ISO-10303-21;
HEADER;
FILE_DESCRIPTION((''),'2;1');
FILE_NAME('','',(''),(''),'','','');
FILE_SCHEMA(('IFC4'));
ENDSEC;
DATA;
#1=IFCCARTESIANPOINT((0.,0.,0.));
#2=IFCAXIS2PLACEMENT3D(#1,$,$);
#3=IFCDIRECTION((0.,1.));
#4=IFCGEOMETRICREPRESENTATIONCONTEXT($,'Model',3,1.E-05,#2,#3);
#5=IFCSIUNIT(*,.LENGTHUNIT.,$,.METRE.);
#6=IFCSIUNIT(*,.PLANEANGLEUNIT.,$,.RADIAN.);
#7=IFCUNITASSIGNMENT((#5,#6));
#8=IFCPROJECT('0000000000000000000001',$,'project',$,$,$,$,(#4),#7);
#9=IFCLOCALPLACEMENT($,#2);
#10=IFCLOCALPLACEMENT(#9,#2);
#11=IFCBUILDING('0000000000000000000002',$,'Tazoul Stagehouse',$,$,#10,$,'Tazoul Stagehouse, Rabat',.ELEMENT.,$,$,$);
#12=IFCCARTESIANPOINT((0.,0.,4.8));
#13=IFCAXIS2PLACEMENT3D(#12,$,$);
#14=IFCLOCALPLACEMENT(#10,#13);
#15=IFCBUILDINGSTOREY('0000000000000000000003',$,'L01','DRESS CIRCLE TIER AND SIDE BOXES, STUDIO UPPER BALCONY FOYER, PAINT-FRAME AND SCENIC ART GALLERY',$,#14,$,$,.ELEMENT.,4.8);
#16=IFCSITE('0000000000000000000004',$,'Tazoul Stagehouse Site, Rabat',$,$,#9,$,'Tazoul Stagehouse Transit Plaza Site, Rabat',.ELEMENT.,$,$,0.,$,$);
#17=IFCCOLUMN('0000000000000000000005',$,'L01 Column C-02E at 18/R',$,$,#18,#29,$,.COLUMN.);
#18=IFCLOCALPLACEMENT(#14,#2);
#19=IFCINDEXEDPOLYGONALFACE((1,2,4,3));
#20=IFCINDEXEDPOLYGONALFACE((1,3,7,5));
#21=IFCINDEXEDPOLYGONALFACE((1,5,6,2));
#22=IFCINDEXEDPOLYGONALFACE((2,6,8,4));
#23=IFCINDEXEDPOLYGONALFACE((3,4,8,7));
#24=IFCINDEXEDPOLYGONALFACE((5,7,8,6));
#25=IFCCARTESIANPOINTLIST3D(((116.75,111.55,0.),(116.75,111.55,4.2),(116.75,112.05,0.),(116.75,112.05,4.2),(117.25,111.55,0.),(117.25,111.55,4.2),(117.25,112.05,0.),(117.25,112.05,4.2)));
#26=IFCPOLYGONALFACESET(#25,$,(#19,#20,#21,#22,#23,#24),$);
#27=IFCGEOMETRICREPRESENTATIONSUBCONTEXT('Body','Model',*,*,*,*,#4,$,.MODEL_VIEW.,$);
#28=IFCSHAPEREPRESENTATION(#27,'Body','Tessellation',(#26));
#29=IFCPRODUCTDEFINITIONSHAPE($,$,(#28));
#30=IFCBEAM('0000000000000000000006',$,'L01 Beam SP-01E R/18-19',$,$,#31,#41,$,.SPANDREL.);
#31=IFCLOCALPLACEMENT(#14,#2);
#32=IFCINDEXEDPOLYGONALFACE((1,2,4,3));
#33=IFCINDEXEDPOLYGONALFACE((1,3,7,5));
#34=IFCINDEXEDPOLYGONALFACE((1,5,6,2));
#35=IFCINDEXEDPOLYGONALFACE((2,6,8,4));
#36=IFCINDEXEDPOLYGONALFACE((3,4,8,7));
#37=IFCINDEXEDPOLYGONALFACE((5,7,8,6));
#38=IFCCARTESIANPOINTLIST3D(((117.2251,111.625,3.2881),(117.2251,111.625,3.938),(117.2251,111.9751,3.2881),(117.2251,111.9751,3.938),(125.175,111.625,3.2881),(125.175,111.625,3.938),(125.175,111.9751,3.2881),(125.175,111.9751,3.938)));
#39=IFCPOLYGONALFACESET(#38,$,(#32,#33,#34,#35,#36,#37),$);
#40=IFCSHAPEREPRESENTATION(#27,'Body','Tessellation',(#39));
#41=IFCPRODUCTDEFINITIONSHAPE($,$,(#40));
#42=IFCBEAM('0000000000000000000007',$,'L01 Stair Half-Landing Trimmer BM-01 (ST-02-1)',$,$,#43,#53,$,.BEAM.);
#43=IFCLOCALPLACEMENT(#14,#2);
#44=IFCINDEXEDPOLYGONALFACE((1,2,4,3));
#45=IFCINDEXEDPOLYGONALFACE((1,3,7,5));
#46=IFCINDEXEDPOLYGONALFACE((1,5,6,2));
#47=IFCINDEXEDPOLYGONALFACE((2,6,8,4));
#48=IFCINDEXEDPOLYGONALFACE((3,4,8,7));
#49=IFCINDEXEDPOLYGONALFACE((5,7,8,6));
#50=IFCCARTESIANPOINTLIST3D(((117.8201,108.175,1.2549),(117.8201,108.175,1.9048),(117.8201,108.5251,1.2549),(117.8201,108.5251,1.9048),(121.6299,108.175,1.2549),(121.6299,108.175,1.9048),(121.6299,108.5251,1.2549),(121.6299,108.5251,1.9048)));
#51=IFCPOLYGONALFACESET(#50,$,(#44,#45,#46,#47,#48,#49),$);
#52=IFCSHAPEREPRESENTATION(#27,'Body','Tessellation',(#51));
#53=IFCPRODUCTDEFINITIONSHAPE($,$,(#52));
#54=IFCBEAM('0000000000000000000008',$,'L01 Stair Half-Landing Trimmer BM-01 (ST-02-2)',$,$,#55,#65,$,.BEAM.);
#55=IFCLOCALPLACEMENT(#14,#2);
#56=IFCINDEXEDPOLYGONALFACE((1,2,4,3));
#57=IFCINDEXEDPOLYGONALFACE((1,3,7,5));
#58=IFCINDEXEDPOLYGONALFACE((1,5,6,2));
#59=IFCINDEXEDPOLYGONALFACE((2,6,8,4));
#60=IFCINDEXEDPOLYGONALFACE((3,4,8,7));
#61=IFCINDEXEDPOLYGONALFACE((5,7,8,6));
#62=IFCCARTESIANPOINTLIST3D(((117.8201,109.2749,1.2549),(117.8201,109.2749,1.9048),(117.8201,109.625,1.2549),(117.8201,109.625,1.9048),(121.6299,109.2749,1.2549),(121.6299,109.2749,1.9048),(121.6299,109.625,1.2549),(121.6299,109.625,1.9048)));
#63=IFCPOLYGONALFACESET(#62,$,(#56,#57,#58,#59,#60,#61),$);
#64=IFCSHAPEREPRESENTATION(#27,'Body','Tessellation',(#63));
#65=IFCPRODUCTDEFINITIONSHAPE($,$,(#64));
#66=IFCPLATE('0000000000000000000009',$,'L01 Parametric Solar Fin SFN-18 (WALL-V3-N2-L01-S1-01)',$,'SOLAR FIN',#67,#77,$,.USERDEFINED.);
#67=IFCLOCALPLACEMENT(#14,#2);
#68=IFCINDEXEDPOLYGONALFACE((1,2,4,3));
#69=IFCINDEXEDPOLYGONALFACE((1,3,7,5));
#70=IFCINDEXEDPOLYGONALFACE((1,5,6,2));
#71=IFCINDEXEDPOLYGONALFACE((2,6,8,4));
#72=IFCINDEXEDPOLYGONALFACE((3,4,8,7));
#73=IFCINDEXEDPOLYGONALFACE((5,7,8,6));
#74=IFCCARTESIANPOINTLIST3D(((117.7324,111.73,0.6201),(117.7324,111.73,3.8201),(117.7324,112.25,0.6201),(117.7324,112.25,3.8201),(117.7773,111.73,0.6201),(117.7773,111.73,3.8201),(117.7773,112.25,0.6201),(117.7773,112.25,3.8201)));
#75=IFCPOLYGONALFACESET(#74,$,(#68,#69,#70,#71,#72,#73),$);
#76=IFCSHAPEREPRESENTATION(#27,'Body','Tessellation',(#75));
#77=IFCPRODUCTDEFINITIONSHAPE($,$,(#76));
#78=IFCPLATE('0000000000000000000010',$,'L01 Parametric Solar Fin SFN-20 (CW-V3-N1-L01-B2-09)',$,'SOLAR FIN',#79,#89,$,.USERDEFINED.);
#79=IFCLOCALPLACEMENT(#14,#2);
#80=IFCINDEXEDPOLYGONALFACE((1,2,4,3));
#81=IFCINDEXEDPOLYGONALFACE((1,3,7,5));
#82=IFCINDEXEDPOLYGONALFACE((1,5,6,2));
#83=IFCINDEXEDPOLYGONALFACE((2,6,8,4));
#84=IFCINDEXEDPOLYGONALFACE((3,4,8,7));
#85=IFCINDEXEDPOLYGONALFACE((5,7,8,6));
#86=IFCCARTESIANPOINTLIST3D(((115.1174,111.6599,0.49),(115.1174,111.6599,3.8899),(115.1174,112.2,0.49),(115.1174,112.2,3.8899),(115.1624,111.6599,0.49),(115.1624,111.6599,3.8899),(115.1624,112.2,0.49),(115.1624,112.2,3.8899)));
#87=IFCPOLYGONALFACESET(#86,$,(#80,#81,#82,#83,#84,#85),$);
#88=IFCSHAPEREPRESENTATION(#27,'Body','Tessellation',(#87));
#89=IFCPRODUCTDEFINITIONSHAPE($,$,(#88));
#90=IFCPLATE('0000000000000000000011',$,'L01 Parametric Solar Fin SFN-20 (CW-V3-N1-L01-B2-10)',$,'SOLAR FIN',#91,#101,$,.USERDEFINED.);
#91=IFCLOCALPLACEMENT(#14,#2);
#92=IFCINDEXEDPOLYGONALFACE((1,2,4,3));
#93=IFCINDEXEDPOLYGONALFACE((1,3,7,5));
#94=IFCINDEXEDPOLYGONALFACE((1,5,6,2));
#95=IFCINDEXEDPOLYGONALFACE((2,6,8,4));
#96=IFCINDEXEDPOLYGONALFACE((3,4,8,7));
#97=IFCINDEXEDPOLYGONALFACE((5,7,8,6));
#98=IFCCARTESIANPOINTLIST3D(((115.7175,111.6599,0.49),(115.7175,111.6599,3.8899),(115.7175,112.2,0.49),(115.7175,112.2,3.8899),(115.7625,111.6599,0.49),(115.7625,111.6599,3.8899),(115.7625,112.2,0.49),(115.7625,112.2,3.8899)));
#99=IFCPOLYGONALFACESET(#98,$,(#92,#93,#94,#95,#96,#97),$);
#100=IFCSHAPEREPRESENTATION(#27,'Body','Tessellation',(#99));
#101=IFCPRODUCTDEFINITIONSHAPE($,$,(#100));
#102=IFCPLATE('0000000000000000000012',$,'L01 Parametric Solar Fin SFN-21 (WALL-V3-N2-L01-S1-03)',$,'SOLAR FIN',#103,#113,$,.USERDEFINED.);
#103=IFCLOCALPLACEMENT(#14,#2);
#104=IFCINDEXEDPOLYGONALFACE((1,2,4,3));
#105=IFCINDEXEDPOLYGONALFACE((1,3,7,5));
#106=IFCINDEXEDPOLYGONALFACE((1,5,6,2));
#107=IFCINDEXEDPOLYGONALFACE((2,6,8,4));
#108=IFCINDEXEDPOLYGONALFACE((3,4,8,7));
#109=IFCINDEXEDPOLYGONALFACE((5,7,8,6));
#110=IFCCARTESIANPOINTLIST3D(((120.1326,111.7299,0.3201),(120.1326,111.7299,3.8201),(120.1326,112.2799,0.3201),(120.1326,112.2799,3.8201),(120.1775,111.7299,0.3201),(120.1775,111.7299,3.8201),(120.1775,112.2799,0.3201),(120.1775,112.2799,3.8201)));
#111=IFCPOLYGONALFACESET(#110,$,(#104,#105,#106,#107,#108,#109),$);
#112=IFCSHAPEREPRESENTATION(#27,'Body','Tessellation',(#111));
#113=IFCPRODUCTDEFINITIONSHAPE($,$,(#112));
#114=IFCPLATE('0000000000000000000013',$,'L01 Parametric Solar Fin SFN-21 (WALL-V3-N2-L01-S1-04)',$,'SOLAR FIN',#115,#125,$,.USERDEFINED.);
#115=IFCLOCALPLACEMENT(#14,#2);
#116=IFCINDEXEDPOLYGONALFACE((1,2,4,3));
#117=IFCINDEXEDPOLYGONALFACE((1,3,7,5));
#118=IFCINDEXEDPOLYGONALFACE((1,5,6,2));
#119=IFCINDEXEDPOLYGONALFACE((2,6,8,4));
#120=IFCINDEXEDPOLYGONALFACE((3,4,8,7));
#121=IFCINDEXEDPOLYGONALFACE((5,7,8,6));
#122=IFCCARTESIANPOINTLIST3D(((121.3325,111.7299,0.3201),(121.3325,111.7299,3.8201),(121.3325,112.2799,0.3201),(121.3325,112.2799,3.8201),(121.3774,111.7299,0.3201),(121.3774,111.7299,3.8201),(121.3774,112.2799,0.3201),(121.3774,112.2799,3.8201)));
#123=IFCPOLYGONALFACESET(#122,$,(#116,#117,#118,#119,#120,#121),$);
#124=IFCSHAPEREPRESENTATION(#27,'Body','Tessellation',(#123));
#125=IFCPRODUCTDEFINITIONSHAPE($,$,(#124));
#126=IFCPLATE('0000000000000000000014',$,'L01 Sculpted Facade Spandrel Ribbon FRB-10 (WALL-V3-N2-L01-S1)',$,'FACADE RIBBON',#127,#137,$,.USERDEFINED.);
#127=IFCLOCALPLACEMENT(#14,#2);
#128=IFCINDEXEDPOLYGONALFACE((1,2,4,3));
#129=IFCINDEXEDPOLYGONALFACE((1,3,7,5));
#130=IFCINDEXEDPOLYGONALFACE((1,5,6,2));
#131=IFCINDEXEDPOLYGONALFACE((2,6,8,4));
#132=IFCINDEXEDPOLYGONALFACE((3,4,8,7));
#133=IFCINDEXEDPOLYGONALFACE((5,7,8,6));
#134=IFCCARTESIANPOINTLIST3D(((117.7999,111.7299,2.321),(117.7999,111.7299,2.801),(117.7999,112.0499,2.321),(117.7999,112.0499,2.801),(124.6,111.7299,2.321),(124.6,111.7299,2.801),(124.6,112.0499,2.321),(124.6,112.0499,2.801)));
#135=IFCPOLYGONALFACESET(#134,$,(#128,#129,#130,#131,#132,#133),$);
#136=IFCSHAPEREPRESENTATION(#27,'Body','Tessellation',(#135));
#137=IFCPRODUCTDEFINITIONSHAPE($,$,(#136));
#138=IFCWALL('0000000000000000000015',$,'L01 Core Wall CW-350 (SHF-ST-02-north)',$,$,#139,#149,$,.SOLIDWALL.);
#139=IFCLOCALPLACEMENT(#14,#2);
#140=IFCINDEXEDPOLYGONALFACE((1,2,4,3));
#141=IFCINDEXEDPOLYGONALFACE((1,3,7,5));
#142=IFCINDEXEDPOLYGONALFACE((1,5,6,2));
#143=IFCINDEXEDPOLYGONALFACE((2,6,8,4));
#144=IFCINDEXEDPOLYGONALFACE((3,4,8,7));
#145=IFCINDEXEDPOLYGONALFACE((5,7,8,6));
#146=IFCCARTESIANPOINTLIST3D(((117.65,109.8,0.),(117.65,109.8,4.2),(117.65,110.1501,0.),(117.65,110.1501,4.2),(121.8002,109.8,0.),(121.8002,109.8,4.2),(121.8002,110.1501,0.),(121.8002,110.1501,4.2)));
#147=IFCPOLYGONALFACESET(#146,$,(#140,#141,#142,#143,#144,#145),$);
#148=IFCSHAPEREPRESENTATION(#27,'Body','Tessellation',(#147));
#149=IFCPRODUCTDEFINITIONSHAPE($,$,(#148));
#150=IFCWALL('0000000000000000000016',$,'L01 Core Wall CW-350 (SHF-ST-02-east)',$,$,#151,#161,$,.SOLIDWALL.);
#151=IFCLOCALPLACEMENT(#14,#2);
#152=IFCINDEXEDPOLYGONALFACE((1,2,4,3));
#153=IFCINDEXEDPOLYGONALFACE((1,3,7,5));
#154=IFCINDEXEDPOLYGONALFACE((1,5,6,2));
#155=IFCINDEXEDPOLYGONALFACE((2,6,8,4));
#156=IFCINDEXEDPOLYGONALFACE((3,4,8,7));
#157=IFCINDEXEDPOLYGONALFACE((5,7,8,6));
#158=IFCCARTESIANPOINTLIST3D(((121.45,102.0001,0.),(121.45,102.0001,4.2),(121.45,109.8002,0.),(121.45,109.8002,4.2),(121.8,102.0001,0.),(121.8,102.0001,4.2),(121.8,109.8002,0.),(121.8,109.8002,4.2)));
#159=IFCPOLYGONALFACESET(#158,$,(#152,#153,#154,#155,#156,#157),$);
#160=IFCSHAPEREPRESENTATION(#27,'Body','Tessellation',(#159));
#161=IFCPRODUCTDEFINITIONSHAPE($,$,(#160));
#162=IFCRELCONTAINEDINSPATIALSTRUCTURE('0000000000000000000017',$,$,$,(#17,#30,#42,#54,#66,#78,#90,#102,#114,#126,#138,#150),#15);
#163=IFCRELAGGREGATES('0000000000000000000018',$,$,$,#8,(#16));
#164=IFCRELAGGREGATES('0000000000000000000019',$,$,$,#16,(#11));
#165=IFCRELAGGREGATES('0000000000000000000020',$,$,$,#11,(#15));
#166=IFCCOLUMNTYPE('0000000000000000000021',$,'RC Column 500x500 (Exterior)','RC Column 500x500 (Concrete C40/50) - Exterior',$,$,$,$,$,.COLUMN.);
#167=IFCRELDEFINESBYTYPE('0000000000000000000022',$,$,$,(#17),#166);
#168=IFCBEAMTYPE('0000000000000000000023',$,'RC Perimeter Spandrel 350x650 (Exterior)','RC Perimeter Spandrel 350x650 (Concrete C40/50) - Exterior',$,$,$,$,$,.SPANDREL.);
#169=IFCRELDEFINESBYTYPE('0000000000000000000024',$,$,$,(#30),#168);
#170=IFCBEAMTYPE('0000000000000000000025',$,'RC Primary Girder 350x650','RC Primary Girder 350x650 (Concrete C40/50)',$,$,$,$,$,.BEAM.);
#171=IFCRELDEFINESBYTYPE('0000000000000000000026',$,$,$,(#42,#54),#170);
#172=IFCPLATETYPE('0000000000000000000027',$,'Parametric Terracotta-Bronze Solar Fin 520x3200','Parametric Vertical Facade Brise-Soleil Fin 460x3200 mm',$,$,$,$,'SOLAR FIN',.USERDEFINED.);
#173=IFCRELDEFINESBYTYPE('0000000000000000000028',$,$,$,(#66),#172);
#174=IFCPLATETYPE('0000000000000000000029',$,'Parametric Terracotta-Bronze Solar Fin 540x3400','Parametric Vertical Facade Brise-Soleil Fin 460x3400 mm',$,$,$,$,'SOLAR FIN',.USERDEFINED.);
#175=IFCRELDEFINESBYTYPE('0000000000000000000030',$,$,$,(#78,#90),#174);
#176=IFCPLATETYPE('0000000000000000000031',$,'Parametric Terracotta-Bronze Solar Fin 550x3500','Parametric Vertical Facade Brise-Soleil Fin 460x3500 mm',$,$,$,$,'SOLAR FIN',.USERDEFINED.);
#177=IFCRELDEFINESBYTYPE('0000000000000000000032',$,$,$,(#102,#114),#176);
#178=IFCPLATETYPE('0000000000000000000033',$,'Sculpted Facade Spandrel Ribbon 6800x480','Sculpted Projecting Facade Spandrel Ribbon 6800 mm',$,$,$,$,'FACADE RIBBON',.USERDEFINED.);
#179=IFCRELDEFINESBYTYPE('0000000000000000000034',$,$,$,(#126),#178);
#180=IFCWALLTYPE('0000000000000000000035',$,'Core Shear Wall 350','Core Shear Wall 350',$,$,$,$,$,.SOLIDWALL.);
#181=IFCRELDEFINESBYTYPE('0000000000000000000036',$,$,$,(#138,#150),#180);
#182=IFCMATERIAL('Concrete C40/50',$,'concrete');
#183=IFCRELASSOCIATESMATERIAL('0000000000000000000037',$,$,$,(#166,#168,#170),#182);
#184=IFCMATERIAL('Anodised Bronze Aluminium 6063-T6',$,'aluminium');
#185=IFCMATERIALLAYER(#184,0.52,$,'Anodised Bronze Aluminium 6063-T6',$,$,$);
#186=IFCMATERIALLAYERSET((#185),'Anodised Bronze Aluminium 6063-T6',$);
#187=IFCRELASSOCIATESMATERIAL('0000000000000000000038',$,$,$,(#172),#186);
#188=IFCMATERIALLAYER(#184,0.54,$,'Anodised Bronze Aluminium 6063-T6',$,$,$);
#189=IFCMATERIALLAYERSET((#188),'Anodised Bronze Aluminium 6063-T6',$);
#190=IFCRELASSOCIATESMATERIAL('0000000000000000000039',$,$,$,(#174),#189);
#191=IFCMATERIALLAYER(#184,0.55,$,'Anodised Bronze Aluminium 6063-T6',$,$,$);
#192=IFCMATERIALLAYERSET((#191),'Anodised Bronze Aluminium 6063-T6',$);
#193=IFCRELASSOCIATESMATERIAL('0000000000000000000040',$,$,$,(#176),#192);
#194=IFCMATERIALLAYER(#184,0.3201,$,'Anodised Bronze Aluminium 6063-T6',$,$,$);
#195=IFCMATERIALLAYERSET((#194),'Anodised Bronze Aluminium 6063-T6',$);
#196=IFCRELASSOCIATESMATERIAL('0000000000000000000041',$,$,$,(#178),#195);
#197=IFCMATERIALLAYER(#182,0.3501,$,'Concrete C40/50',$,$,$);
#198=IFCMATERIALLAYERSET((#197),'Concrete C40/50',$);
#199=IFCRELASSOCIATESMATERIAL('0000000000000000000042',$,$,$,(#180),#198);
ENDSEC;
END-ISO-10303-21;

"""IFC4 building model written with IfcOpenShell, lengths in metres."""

from ifc_helpers import new_model, si_unit, direction, frame, frame_2d, origin, origin_2d, place, context, subcontext, project, spatial, rectangle, extrude, material, layer, layer_set, material_profile, profile_set, type_object, element, save


model = new_model("IFC4")

# Units and contexts
model_context = context("Model", 3, precision=1e-05, world=origin(), true_north=direction((0.0, 1.0)))
body_context = subcontext(model_context, "Body", "Model", "MODEL_VIEW")
ifc_project = project(units=[si_unit("LENGTHUNIT", "METRE"), si_unit("PLANEANGLEUNIT", "RADIAN")], contexts=[model_context])

# Site, building, storey
site_placement = place(None, origin())
site = spatial("IfcSite", under=ifc_project, at=site_placement, Name="Tazoul Stagehouse Site, Rabat", LongName="Tazoul Stagehouse Transit Plaza Site, Rabat", CompositionType="ELEMENT", RefElevation=0.0)
building_placement = place(site_placement, origin())
building = spatial("IfcBuilding", under=site, at=building_placement, Name="Tazoul Stagehouse", LongName="Tazoul Stagehouse, Rabat", CompositionType="ELEMENT")
storey_placement = place(building_placement, frame((0.0, 0.0, 4.8)))
storey = spatial("IfcBuildingStorey", under=building, at=storey_placement, Name="L01", Description="DRESS CIRCLE TIER AND SIDE BOXES, STUDIO UPPER BALCONY FOYER, PAINT-FRAME AND SCENIC ART GALLERY", CompositionType="ELEMENT", Elevation=4.8)

# Column
ifc_material_1 = material(Name="Concrete C40/50", Category="concrete")
ifc_material_profile_1 = material_profile(ifc_material_1, rectangle(XDim=0.5, YDim=0.5, at=origin_2d()), Name="RC 500x500")
ifc_profile_set_1 = profile_set([ifc_material_profile_1], Name="Concrete C40/50")
column_type = type_object("IfcColumnType", Name="RC Column 500x500 (Exterior)", Description="RC Column 500x500 (Concrete C40/50) - Exterior", PredefinedType="COLUMN", material=ifc_profile_set_1)
column_placement = place(storey_placement, frame((117.0, 111.8, 0.0), z_axis=(0.0, 0.0, 1.0), x_axis=(1.0, 0.0, 0.0)))
element("IfcColumn", 1, at=column_placement, inside=storey, type_object=column_type, Name="L01 Column C-02E at 18/R", PredefinedType="COLUMN", context=body_context, shape_type="SweptSolid", body=[
    extrude(rectangle(XDim=0.5, YDim=0.5, at=origin_2d()), origin(), (0.0, 0.0, 1.0), 4.2),
])

# Beams
ifc_material_profile_2 = material_profile(ifc_material_1, rectangle(XDim=0.3501, YDim=0.6499, at=origin_2d()), Name="RC 350x650")
ifc_profile_set_2 = profile_set([ifc_material_profile_2], Name="Concrete C40/50")
beam_type_1 = type_object("IfcBeamType", Name="RC Perimeter Spandrel 350x650 (Exterior)", Description="RC Perimeter Spandrel 350x650 (Concrete C40/50) - Exterior", PredefinedType="SPANDREL", material=ifc_profile_set_2)
beam_placement = place(storey_placement, frame((117.2251, 111.8, 3.613), z_axis=(1.0, 0.0, 0.0), x_axis=(0.0, 1.0, 0.0)))
element("IfcBeam", 2, at=beam_placement, inside=storey, type_object=beam_type_1, Name="L01 Beam SP-01E R/18-19", PredefinedType="SPANDREL", context=body_context, shape_type="SweptSolid", body=[
    extrude(rectangle(XDim=0.3501, YDim=0.6499, at=origin_2d()), origin(), (0.0, 0.0, 1.0), 7.95),
])
ifc_material_profile_3 = material_profile(ifc_material_1, rectangle(XDim=0.3501, YDim=0.6499, at=origin_2d()), Name="RC 350x650")
ifc_profile_set_3 = profile_set([ifc_material_profile_3], Name="Concrete C40/50")
beam_type_2 = type_object("IfcBeamType", Name="RC Primary Girder 350x650", Description="RC Primary Girder 350x650 (Concrete C40/50)", PredefinedType="BEAM", material=ifc_profile_set_3)
for number, where, z_axis, x_axis, name in (
    (3, (117.8201, 108.3501, 1.5798), (1.0, 0.0, 0.0), (0.0, 1.0, 0.0), "L01 Stair Half-Landing Trimmer BM-01 (ST-02-1)"),
    (4, (117.8201, 109.45, 1.5798), (1.0, 0.0, 0.0), (0.0, 1.0, 0.0), "L01 Stair Half-Landing Trimmer BM-01 (ST-02-2)"),
):
    element("IfcBeam", number, at=place(storey_placement, frame(where, z_axis=z_axis, x_axis=x_axis)), inside=storey, type_object=beam_type_2, Name=name, PredefinedType="BEAM", context=body_context, shape_type="SweptSolid", body=[
        extrude(rectangle(XDim=0.3501, YDim=0.6499, at=origin_2d()), origin(), (0.0, 0.0, 1.0), 3.8098),
    ])

# Plates
ifc_material_2 = material(Name="Anodised Bronze Aluminium 6063-T6", Category="aluminium")
ifc_layer_1 = layer(ifc_material_2, 0.52, Name="Anodised Bronze Aluminium 6063-T6")
ifc_layer_set_1 = layer_set([ifc_layer_1], Name="Anodised Bronze Aluminium 6063-T6")
plate_type_1 = type_object("IfcPlateType", Name="Parametric Terracotta-Bronze Solar Fin 520x3200", Description="Parametric Vertical Facade Brise-Soleil Fin 460x3200 mm", ElementType="SOLAR FIN", PredefinedType="USERDEFINED", material=ifc_layer_set_1)
plate_1_placement = place(storey_placement, frame((117.7549, 111.99, 0.6201), z_axis=(0.0, 0.0, 1.0), x_axis=(1.0, 0.0, 0.0)))
element("IfcPlate", 5, at=plate_1_placement, inside=storey, type_object=plate_type_1, Name="L01 Parametric Solar Fin SFN-18 (WALL-V3-N2-L01-S1-01)", ObjectType="SOLAR FIN", PredefinedType="USERDEFINED", context=body_context, shape_type="SweptSolid", body=[
    extrude(rectangle(XDim=0.0449, YDim=0.52, at=origin_2d()), origin(), (0.0, 0.0, 1.0), 3.2),
])
ifc_layer_2 = layer(ifc_material_2, 0.54, Name="Anodised Bronze Aluminium 6063-T6")
ifc_layer_set_2 = layer_set([ifc_layer_2], Name="Anodised Bronze Aluminium 6063-T6")
plate_type_2 = type_object("IfcPlateType", Name="Parametric Terracotta-Bronze Solar Fin 540x3400", Description="Parametric Vertical Facade Brise-Soleil Fin 460x3400 mm", ElementType="SOLAR FIN", PredefinedType="USERDEFINED", material=ifc_layer_set_2)
for number, where, z_axis, x_axis, name in (
    (6, (115.1399, 111.9299, 0.49), (0.0, 0.0, 1.0), (1.0, 0.0, 0.0), "L01 Parametric Solar Fin SFN-20 (CW-V3-N1-L01-B2-09)"),
    (7, (115.74, 111.9299, 0.49), (0.0, 0.0, 1.0), (1.0, 0.0, 0.0), "L01 Parametric Solar Fin SFN-20 (CW-V3-N1-L01-B2-10)"),
):
    element("IfcPlate", number, at=place(storey_placement, frame(where, z_axis=z_axis, x_axis=x_axis)), inside=storey, type_object=plate_type_2, Name=name, ObjectType="SOLAR FIN", PredefinedType="USERDEFINED", context=body_context, shape_type="SweptSolid", body=[
        extrude(rectangle(XDim=0.0449, YDim=0.54, at=origin_2d()), origin(), (0.0, 0.0, 1.0), 3.3999),
    ])
ifc_layer_3 = layer(ifc_material_2, 0.55, Name="Anodised Bronze Aluminium 6063-T6")
ifc_layer_set_3 = layer_set([ifc_layer_3], Name="Anodised Bronze Aluminium 6063-T6")
plate_type_3 = type_object("IfcPlateType", Name="Parametric Terracotta-Bronze Solar Fin 550x3500", Description="Parametric Vertical Facade Brise-Soleil Fin 460x3500 mm", ElementType="SOLAR FIN", PredefinedType="USERDEFINED", material=ifc_layer_set_3)
for number, where, z_axis, x_axis, name in (
    (8, (120.155, 112.0049, 0.3201), (0.0, 0.0, 1.0), (1.0, 0.0, 0.0), "L01 Parametric Solar Fin SFN-21 (WALL-V3-N2-L01-S1-03)"),
    (9, (121.355, 112.0049, 0.3201), (0.0, 0.0, 1.0), (1.0, 0.0, 0.0), "L01 Parametric Solar Fin SFN-21 (WALL-V3-N2-L01-S1-04)"),
):
    element("IfcPlate", number, at=place(storey_placement, frame(where, z_axis=z_axis, x_axis=x_axis)), inside=storey, type_object=plate_type_3, Name=name, ObjectType="SOLAR FIN", PredefinedType="USERDEFINED", context=body_context, shape_type="SweptSolid", body=[
        extrude(rectangle(XDim=0.0449, YDim=0.55, at=origin_2d()), origin(), (0.0, 0.0, 1.0), 3.5),
    ])
ifc_layer_4 = layer(ifc_material_2, 0.3201, Name="Anodised Bronze Aluminium 6063-T6")
ifc_layer_set_4 = layer_set([ifc_layer_4], Name="Anodised Bronze Aluminium 6063-T6")
plate_type_4 = type_object("IfcPlateType", Name="Sculpted Facade Spandrel Ribbon 6800x480", Description="Sculpted Projecting Facade Spandrel Ribbon 6800 mm", ElementType="FACADE RIBBON", PredefinedType="USERDEFINED", material=ifc_layer_set_4)
plate_2_placement = place(storey_placement, frame((121.2, 111.8899, 2.321), z_axis=(0.0, 0.0, 1.0), x_axis=(1.0, 0.0, 0.0)))
element("IfcPlate", 10, at=plate_2_placement, inside=storey, type_object=plate_type_4, Name="L01 Sculpted Facade Spandrel Ribbon FRB-10 (WALL-V3-N2-L01-S1)", ObjectType="FACADE RIBBON", PredefinedType="USERDEFINED", context=body_context, shape_type="SweptSolid", body=[
    extrude(rectangle(XDim=6.8, YDim=0.3201, at=origin_2d()), origin(), (0.0, 0.0, 1.0), 0.48),
])

# Walls
ifc_layer_5 = layer(ifc_material_1, 0.3501, Name="Concrete C40/50")
ifc_layer_set_5 = layer_set([ifc_layer_5], Name="Concrete C40/50")
wall_type_1 = type_object("IfcWallType", Name="Core Shear Wall 350", Description="Core Shear Wall 350", PredefinedType="SOLIDWALL", material=ifc_layer_set_5)
wall_1_placement = place(storey_placement, frame((117.6499, 109.9751, 0.0), z_axis=(0.0, 0.0, 1.0), x_axis=(1.0, 0.0, 0.0)))
element("IfcWall", 11, at=wall_1_placement, inside=storey, type_object=wall_type_1, Name="L01 Core Wall CW-350 (SHF-ST-02-north)", PredefinedType="SOLIDWALL", context=body_context, shape_type="SweptSolid", body=[
    extrude(rectangle(XDim=4.1501, YDim=0.3501, at=frame_2d((2.0752, 0.0))), origin(), (0.0, 0.0, 1.0), 4.2),
])
wall_2_placement = place(storey_placement, frame((121.625, 109.8, 0.0), z_axis=(0.0, 0.0, 1.0), x_axis=(0.0, -1.0, 0.0)))
element("IfcWall", 12, at=wall_2_placement, inside=storey, type_object=wall_type_1, Name="L01 Core Wall CW-350 (SHF-ST-02-east)", PredefinedType="SOLIDWALL", context=body_context, shape_type="SweptSolid", body=[
    extrude(rectangle(XDim=7.8, YDim=0.3501, at=frame_2d((3.8999, 0.0))), origin(), (0.0, 0.0, 1.0), 4.2),
])

save(model, "model.ifc")
